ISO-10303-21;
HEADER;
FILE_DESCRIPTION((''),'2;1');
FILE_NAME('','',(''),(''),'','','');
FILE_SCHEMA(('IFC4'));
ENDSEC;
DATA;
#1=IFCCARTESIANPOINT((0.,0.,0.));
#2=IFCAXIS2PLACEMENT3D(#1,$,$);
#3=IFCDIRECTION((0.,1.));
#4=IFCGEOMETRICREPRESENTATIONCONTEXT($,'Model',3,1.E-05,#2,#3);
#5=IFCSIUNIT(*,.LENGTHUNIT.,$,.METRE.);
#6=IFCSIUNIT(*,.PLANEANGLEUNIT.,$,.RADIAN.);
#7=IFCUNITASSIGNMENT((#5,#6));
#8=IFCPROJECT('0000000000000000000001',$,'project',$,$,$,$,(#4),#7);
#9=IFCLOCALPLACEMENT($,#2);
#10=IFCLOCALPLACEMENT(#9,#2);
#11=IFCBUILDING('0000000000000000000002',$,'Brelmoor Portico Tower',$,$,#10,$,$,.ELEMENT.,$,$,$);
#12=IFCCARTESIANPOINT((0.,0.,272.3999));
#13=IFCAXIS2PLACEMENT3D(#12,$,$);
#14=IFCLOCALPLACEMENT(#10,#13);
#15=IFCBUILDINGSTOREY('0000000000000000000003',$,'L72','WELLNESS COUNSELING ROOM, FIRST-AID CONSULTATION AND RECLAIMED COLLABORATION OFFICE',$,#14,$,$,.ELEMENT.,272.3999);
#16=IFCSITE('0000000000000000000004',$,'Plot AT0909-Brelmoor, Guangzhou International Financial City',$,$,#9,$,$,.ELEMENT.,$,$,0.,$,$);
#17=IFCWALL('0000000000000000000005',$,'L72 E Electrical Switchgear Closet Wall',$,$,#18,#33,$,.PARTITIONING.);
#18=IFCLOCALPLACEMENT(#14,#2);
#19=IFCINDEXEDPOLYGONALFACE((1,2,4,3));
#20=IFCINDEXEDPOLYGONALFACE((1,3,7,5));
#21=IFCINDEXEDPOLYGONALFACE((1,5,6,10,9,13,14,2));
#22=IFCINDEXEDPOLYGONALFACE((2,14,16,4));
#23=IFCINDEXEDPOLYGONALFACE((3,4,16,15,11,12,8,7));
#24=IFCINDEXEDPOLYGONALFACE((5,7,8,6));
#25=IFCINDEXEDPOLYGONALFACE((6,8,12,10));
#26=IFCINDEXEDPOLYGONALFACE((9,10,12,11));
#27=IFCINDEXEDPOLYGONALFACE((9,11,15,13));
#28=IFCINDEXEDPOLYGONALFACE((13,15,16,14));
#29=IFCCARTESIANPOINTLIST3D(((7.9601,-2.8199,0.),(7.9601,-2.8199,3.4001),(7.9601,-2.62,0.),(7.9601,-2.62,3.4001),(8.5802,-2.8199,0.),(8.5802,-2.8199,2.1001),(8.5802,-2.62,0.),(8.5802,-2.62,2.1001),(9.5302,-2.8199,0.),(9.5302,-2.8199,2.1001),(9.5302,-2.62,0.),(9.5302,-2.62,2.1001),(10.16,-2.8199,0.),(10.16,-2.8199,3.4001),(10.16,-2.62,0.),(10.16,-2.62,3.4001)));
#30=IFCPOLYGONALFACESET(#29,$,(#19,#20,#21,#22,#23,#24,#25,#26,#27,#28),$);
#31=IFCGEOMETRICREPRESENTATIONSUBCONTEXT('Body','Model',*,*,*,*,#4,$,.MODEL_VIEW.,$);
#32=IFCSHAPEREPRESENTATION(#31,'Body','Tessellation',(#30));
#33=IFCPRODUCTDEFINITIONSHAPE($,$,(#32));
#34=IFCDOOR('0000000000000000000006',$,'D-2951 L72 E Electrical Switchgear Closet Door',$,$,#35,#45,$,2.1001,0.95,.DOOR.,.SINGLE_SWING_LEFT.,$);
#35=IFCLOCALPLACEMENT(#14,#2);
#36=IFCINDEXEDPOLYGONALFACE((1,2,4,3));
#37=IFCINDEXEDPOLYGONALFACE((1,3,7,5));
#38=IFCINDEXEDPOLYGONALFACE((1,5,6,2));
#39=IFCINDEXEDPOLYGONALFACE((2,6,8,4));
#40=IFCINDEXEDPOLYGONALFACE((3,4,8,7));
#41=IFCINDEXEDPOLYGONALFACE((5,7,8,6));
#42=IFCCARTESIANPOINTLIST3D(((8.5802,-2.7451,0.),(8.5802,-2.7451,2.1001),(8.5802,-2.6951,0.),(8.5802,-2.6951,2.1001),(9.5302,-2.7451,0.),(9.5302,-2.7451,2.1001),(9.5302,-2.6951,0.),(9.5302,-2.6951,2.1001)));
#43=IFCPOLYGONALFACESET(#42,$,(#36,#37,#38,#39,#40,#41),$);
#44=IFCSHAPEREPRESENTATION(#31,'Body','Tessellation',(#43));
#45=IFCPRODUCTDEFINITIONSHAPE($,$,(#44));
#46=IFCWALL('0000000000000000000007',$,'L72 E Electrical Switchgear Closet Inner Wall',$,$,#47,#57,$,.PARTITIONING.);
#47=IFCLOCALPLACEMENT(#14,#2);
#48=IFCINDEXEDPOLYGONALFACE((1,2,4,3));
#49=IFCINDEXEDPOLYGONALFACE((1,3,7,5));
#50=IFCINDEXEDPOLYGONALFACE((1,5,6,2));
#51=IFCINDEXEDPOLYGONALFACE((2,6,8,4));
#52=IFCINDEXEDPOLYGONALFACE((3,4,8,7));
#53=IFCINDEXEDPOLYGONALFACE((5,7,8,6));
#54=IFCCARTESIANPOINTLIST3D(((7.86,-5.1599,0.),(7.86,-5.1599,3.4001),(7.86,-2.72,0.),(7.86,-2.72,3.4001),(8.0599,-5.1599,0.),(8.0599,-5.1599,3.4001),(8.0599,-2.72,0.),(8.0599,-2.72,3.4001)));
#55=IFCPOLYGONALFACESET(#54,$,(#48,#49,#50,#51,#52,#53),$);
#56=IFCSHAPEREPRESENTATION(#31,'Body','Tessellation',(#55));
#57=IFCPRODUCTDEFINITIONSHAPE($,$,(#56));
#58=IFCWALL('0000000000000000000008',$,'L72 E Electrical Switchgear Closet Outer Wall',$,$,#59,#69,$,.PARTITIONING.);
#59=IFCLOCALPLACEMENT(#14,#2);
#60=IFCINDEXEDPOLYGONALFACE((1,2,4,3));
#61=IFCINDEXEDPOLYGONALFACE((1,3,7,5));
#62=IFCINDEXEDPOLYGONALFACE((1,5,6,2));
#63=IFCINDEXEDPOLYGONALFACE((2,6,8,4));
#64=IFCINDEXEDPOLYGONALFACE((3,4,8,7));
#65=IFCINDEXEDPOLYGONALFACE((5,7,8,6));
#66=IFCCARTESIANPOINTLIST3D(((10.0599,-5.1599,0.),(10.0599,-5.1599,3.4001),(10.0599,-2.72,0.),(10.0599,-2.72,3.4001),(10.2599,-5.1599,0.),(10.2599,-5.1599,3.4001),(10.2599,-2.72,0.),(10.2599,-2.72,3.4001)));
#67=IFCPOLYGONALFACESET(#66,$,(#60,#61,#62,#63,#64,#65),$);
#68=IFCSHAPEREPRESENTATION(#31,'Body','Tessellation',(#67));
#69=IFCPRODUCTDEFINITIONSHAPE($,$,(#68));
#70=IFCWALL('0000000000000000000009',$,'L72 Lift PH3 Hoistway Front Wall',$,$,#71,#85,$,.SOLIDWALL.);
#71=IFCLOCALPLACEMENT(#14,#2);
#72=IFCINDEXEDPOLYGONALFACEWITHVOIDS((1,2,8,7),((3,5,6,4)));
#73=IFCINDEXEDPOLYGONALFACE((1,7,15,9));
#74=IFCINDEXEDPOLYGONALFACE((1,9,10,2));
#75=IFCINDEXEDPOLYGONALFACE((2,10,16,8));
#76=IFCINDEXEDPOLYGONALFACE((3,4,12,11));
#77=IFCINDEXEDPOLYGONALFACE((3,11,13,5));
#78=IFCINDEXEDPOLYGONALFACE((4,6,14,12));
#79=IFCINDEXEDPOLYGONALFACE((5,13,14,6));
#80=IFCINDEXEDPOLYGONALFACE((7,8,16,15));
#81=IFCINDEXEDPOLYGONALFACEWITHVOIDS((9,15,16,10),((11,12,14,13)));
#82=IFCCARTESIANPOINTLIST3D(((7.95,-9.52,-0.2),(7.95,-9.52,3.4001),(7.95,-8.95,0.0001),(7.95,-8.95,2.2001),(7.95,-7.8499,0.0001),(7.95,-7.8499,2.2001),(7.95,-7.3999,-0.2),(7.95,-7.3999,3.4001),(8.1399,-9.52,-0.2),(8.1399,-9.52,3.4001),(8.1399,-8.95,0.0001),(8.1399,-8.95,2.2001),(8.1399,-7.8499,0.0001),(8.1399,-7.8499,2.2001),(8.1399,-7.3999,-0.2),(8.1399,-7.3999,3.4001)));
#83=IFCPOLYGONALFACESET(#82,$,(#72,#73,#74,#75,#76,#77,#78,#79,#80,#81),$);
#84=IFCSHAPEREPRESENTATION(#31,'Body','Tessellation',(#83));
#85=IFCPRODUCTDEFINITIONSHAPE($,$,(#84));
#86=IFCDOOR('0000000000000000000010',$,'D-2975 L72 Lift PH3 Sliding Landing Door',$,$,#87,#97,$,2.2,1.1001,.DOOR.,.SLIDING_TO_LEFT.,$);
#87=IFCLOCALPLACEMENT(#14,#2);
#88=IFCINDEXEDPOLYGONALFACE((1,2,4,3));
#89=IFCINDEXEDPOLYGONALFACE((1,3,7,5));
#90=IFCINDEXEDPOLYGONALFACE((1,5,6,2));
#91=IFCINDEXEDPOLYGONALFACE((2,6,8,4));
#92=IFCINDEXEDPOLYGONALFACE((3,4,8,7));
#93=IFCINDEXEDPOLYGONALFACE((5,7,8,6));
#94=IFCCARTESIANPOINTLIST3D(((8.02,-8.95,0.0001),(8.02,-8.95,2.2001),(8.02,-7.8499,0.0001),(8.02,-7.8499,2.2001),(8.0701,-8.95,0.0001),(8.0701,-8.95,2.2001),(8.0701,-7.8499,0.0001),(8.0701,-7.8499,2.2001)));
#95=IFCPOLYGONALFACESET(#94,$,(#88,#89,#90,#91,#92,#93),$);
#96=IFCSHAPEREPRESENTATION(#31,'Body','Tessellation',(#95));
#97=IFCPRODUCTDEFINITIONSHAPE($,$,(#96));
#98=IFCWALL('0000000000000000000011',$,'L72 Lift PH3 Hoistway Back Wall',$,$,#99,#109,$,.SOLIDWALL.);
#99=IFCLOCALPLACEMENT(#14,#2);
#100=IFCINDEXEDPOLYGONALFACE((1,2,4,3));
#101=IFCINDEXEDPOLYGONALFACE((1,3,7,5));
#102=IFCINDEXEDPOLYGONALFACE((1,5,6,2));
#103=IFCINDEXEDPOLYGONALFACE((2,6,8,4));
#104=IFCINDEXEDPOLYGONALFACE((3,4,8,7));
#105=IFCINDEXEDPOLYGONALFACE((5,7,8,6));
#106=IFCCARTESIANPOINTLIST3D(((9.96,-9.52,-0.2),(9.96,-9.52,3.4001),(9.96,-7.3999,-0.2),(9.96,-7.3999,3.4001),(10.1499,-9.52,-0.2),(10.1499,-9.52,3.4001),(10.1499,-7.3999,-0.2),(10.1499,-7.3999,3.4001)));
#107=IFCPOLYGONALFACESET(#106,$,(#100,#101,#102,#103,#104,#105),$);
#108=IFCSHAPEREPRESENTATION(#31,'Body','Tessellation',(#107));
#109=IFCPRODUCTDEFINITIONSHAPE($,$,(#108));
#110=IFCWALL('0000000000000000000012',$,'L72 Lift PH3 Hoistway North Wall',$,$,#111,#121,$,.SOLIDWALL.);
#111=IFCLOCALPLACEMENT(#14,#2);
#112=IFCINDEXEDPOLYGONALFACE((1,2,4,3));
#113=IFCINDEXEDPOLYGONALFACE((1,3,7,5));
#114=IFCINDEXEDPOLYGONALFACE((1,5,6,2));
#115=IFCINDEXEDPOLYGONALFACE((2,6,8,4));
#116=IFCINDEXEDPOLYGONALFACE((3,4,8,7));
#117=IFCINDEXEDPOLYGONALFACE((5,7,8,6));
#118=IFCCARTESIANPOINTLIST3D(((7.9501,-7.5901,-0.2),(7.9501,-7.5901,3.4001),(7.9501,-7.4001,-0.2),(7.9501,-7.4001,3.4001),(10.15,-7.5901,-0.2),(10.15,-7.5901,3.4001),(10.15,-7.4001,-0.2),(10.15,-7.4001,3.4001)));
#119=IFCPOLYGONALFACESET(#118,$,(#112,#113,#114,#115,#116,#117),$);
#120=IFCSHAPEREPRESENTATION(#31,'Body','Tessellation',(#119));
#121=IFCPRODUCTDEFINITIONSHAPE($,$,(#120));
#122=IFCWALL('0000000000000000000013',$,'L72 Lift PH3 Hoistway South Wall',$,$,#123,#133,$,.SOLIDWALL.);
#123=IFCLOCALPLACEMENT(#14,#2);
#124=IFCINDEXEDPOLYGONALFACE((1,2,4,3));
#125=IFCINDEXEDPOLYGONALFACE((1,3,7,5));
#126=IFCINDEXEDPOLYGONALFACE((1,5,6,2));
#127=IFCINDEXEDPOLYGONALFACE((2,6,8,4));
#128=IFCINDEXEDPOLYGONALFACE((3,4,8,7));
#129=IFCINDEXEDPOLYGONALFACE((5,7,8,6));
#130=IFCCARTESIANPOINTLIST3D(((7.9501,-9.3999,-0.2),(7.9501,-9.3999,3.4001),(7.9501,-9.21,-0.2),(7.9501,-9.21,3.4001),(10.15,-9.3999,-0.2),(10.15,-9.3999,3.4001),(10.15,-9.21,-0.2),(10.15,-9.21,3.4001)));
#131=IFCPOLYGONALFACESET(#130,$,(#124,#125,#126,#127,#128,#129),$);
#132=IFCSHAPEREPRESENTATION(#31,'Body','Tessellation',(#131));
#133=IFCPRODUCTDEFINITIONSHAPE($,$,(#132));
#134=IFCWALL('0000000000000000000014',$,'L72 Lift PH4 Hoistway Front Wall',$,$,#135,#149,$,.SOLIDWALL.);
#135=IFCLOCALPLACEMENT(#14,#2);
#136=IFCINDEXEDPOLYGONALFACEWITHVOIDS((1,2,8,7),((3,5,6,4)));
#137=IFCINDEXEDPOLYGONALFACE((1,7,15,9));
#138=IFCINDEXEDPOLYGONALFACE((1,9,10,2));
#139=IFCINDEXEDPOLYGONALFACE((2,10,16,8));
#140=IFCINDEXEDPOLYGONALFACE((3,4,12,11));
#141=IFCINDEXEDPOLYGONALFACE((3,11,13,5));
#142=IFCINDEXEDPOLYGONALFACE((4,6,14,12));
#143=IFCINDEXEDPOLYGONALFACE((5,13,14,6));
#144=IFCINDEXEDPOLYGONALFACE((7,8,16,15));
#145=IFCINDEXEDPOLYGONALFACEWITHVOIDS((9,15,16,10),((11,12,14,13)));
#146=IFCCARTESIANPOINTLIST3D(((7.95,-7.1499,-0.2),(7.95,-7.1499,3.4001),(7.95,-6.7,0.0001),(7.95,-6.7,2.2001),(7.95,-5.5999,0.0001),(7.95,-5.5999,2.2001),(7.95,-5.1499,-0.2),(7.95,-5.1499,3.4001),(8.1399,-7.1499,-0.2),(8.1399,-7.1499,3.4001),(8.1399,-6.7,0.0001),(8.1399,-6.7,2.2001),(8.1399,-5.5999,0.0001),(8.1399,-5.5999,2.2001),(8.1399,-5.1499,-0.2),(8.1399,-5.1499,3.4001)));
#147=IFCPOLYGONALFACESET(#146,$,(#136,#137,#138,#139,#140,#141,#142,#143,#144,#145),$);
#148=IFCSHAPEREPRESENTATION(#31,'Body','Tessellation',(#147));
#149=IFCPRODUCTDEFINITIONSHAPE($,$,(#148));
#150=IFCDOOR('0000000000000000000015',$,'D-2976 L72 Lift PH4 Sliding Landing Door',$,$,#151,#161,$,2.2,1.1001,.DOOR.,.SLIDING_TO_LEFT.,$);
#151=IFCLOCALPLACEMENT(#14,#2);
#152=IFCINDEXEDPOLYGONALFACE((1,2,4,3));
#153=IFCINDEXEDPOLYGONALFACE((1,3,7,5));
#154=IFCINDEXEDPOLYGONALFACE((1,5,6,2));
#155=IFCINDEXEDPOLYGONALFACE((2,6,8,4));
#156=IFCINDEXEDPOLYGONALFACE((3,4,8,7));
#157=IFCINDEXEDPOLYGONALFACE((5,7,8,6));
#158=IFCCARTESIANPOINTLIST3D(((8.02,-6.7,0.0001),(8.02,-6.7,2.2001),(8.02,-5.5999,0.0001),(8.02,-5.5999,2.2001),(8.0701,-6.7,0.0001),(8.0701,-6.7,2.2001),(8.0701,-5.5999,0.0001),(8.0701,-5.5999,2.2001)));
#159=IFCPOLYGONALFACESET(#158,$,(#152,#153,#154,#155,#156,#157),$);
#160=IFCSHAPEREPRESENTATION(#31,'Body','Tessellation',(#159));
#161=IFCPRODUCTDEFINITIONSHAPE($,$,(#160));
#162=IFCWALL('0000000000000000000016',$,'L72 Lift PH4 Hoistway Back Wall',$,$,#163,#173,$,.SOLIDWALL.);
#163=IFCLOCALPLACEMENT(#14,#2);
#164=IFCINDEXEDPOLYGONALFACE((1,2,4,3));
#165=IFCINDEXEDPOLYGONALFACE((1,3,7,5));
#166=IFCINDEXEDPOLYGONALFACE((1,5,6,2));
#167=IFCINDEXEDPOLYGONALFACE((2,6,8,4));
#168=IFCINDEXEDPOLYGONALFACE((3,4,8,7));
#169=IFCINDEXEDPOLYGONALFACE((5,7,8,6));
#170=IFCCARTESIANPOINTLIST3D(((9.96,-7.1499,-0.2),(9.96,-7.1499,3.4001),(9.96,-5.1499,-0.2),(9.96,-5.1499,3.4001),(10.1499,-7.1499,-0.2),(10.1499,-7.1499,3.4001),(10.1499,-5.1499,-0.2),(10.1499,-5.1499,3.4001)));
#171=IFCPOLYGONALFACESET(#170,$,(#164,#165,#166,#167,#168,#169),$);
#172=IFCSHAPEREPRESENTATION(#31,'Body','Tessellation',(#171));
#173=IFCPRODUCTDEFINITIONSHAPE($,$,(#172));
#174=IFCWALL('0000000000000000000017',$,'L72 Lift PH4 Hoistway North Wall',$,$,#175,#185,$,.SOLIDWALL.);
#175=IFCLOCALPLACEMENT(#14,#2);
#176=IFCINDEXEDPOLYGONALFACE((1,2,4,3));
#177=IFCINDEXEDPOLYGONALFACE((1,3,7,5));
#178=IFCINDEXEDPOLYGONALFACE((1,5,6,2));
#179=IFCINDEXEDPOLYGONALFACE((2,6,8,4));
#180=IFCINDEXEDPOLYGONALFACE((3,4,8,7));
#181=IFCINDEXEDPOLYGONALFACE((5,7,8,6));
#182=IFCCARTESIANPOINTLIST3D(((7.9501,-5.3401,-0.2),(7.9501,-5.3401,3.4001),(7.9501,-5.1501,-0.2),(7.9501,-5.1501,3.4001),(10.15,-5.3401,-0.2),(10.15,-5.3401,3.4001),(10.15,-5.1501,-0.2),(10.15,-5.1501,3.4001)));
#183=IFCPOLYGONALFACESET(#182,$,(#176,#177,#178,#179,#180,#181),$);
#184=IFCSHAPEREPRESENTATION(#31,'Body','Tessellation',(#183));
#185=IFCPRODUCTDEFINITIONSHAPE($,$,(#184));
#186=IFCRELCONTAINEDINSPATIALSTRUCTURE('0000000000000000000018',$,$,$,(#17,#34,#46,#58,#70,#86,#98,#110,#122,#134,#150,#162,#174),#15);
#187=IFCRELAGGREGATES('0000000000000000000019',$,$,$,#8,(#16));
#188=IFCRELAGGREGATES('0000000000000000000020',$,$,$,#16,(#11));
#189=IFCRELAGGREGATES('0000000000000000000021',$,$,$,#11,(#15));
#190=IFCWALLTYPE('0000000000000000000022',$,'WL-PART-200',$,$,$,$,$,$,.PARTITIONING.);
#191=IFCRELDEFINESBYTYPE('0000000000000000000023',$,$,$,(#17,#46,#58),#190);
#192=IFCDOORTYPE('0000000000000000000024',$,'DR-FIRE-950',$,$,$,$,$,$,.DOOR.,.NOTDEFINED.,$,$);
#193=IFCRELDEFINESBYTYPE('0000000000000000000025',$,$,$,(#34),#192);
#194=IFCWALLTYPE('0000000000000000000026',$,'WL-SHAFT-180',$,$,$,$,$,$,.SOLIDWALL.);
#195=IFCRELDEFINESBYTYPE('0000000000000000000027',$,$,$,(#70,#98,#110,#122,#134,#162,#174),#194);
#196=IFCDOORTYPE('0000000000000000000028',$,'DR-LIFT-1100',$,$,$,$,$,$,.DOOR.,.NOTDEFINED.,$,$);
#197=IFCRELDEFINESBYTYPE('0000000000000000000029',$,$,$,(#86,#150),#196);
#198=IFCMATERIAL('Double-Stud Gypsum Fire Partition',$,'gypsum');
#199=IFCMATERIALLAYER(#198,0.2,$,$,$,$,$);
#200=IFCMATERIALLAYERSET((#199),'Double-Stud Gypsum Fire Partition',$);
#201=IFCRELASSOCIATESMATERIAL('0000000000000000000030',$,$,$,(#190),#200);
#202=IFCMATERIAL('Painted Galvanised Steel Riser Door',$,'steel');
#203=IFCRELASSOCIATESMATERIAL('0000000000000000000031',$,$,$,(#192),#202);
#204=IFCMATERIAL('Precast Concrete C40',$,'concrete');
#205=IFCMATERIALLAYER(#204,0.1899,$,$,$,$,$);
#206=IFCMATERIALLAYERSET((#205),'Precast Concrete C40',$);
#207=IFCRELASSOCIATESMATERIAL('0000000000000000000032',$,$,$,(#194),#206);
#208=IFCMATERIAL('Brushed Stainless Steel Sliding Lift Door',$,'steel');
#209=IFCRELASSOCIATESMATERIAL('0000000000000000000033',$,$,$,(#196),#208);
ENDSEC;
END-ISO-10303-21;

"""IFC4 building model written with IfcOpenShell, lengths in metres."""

from ifc_helpers import new_model, si_unit, direction, frame, frame_2d, origin, place, context, subcontext, project, spatial, rectangle, extrude, material, layer, layer_set, type_object, element, fill, save


model = new_model("IFC4")

# Units and contexts
model_context = context("Model", 3, precision=1e-05, world=origin(), true_north=direction((0.0, 1.0)))
body_context = subcontext(model_context, "Body", "Model", "MODEL_VIEW")
ifc_project = project(units=[si_unit("LENGTHUNIT", "METRE"), si_unit("PLANEANGLEUNIT", "RADIAN")], contexts=[model_context])

# Site, building, storey
site_placement = place(None, origin())
site = spatial("IfcSite", under=ifc_project, at=site_placement, Name="Plot AT0909-Brelmoor, Guangzhou International Financial City", CompositionType="ELEMENT", RefElevation=0.0)
building_placement = place(site_placement, origin())
building = spatial("IfcBuilding", under=site, at=building_placement, Name="Brelmoor Portico Tower", CompositionType="ELEMENT")
storey_placement = place(building_placement, frame((0.0, 0.0, 272.3999)))
storey = spatial("IfcBuildingStorey", under=building, at=storey_placement, Name="L72", Description="WELLNESS COUNSELING ROOM, FIRST-AID CONSULTATION AND RECLAIMED COLLABORATION OFFICE", CompositionType="ELEMENT", Elevation=272.3999)

# Shared definitions
ifc_material_1 = material(Name="Double-Stud Gypsum Fire Partition", Category="gypsum")
ifc_layer_1 = layer(ifc_material_1, 0.2)
ifc_layer_set_1 = layer_set([ifc_layer_1], Name="Double-Stud Gypsum Fire Partition")
wall_type_1 = type_object("IfcWallType", Name="WL-PART-200", PredefinedType="PARTITIONING", material=ifc_layer_set_1)

# Wall, opening, door
wall_1_placement = place(storey_placement, frame((7.96, -2.72, 0.0), z_axis=(0.0, 0.0, 1.0), x_axis=(1.0, 0.0, 0.0)))
wall_1 = element("IfcWall", 1, at=wall_1_placement, inside=storey, type_object=wall_type_1, Name="L72 E Electrical Switchgear Closet Wall", PredefinedType="PARTITIONING", context=body_context, shape_type="SweptSolid", body=[
    extrude(rectangle(XDim=2.2, YDim=0.2, at=frame_2d((1.1001, 0.0))), origin(), (0.0, 0.0, 1.0), 3.4001),
])
opening_1_placement = place(wall_1_placement, frame((0.6201, 0.0, 0.0)))
opening_1 = element("IfcOpeningElement", 2, at=opening_1_placement, cuts=wall_1, PredefinedType="OPENING", context=body_context, shape_type="SweptSolid", body=[
    extrude(rectangle(XDim=0.95, YDim=2.1001, at=frame_2d((0.4751, 1.05))), frame((0.0, 0.1099, 0.0), z_axis=(0.0, -1.0, 0.0), x_axis=(1.0, 0.0, 0.0)), (0.0, 0.0, 1.0), 0.22),
])
ifc_material_2 = material(Name="Painted Galvanised Steel Riser Door", Category="steel")
door_type_1 = type_object("IfcDoorType", Name="DR-FIRE-950", OperationType="NOTDEFINED", PredefinedType="DOOR", material=ifc_material_2)
door_1_placement = place(opening_1_placement, origin())
door_1 = element("IfcDoor", 3, at=door_1_placement, inside=storey, type_object=door_type_1, Name="D-2951 L72 E Electrical Switchgear Closet Door", OperationType="SINGLE_SWING_LEFT", OverallHeight=2.1001, OverallWidth=0.95, PredefinedType="DOOR", context=body_context, shape_type="SweptSolid", body=[
    extrude(rectangle(XDim=0.95, YDim=2.1001, at=frame_2d((0.4751, 1.05))), frame((0.0, 0.0249, 0.0), z_axis=(0.0, -1.0, 0.0), x_axis=(1.0, 0.0, 0.0)), (0.0, 0.0, 1.0), 0.05),
])
fill(opening_1, door_1)

# Walls
for number, where, z_axis, x_axis, name in (
    (4, (7.96, -5.1599, 0.0), (0.0, 0.0, 1.0), (0.0, 1.0, 0.0), "L72 E Electrical Switchgear Closet Inner Wall"),
    (5, (10.1599, -5.1599, 0.0), (0.0, 0.0, 1.0), (0.0, 1.0, 0.0), "L72 E Electrical Switchgear Closet Outer Wall"),
):
    element("IfcWall", number, at=place(storey_placement, frame(where, z_axis=z_axis, x_axis=x_axis)), inside=storey, type_object=wall_type_1, Name=name, PredefinedType="PARTITIONING", context=body_context, shape_type="SweptSolid", body=[
        extrude(rectangle(XDim=2.4399, YDim=0.2, at=frame_2d((1.22, 0.0))), origin(), (0.0, 0.0, 1.0), 3.4001),
    ])

# Wall, opening, door
ifc_material_3 = material(Name="Precast Concrete C40", Category="concrete")
ifc_layer_2 = layer(ifc_material_3, 0.1899)
ifc_layer_set_2 = layer_set([ifc_layer_2], Name="Precast Concrete C40")
wall_type_2 = type_object("IfcWallType", Name="WL-SHAFT-180", PredefinedType="SOLIDWALL", material=ifc_layer_set_2)
wall_2_placement = place(storey_placement, frame((8.0449, -9.52, -0.2), z_axis=(0.0, 0.0, 1.0), x_axis=(0.0, 1.0, 0.0)))
wall_2 = element("IfcWall", 6, at=wall_2_placement, inside=storey, type_object=wall_type_2, Name="L72 Lift PH3 Hoistway Front Wall", PredefinedType="SOLIDWALL", context=body_context, shape_type="SweptSolid", body=[
    extrude(rectangle(XDim=2.1201, YDim=0.1899, at=frame_2d((1.0601, 0.0))), origin(), (0.0, 0.0, 1.0), 3.6001),
])
opening_2_placement = place(wall_2_placement, frame((0.5701, 0.0, 0.2)))
opening_2 = element("IfcOpeningElement", 7, at=opening_2_placement, cuts=wall_2, PredefinedType="OPENING", context=body_context, shape_type="SweptSolid", body=[
    extrude(rectangle(XDim=1.1001, YDim=2.2, at=frame_2d((0.55, 1.1001))), frame((0.0, 0.105, 0.0), z_axis=(0.0, -1.0, 0.0), x_axis=(1.0, 0.0, 0.0)), (0.0, 0.0, 1.0), 0.21),
])
ifc_material_4 = material(Name="Brushed Stainless Steel Sliding Lift Door", Category="steel")
door_type_2 = type_object("IfcDoorType", Name="DR-LIFT-1100", OperationType="NOTDEFINED", PredefinedType="DOOR", material=ifc_material_4)
door_2_placement = place(opening_2_placement, origin())
door_2 = element("IfcDoor", 8, at=door_2_placement, inside=storey, type_object=door_type_2, Name="D-2975 L72 Lift PH3 Sliding Landing Door", OperationType="SLIDING_TO_LEFT", OverallHeight=2.2, OverallWidth=1.1001, PredefinedType="DOOR", context=body_context, shape_type="SweptSolid", body=[
    extrude(rectangle(XDim=1.1001, YDim=2.2, at=frame_2d((0.55, 1.1001))), frame((0.0, 0.0249, 0.0), z_axis=(0.0, -1.0, 0.0), x_axis=(1.0, 0.0, 0.0)), (0.0, 0.0, 1.0), 0.05),
])
fill(opening_2, door_2)

# Walls
wall_3_placement = place(storey_placement, frame((10.0549, -9.52, -0.2), z_axis=(0.0, 0.0, 1.0), x_axis=(0.0, 1.0, 0.0)))
element("IfcWall", 9, at=wall_3_placement, inside=storey, type_object=wall_type_2, Name="L72 Lift PH3 Hoistway Back Wall", PredefinedType="SOLIDWALL", context=body_context, shape_type="SweptSolid", body=[
    extrude(rectangle(XDim=2.1201, YDim=0.1899, at=frame_2d((1.0601, 0.0))), origin(), (0.0, 0.0, 1.0), 3.6001),
])
for number, where, z_axis, x_axis, name in (
    (10, (7.95, -7.4951, -0.2), (0.0, 0.0, 1.0), (1.0, 0.0, 0.0), "L72 Lift PH3 Hoistway North Wall"),
    (11, (7.95, -9.3049, -0.2), (0.0, 0.0, 1.0), (1.0, 0.0, 0.0), "L72 Lift PH3 Hoistway South Wall"),
):
    element("IfcWall", number, at=place(storey_placement, frame(where, z_axis=z_axis, x_axis=x_axis)), inside=storey, type_object=wall_type_2, Name=name, PredefinedType="SOLIDWALL", context=body_context, shape_type="SweptSolid", body=[
        extrude(rectangle(XDim=2.2, YDim=0.1899, at=frame_2d((1.1001, 0.0))), origin(), (0.0, 0.0, 1.0), 3.6001),
    ])

# Wall, opening, door
wall_4_placement = place(storey_placement, frame((8.0449, -7.1499, -0.2), z_axis=(0.0, 0.0, 1.0), x_axis=(0.0, 1.0, 0.0)))
wall_4 = element("IfcWall", 12, at=wall_4_placement, inside=storey, type_object=wall_type_2, Name="L72 Lift PH4 Hoistway Front Wall", PredefinedType="SOLIDWALL", context=body_context, shape_type="SweptSolid", body=[
    extrude(rectangle(XDim=2.0, YDim=0.1899, at=frame_2d((1.0, 0.0))), origin(), (0.0, 0.0, 1.0), 3.6001),
])
opening_3_placement = place(wall_4_placement, frame((0.45, 0.0, 0.2)))
opening_3 = element("IfcOpeningElement", 13, at=opening_3_placement, cuts=wall_4, PredefinedType="OPENING", context=body_context, shape_type="SweptSolid", body=[
    extrude(rectangle(XDim=1.1001, YDim=2.2, at=frame_2d((0.55, 1.1001))), frame((0.0, 0.105, 0.0), z_axis=(0.0, -1.0, 0.0), x_axis=(1.0, 0.0, 0.0)), (0.0, 0.0, 1.0), 0.21),
])
door_3_placement = place(opening_3_placement, origin())
door_3 = element("IfcDoor", 14, at=door_3_placement, inside=storey, type_object=door_type_2, Name="D-2976 L72 Lift PH4 Sliding Landing Door", OperationType="SLIDING_TO_LEFT", OverallHeight=2.2, OverallWidth=1.1001, PredefinedType="DOOR", context=body_context, shape_type="SweptSolid", body=[
    extrude(rectangle(XDim=1.1001, YDim=2.2, at=frame_2d((0.55, 1.1001))), frame((0.0, 0.0249, 0.0), z_axis=(0.0, -1.0, 0.0), x_axis=(1.0, 0.0, 0.0)), (0.0, 0.0, 1.0), 0.05),
])
fill(opening_3, door_3)

# Walls
wall_5_placement = place(storey_placement, frame((10.0549, -7.1499, -0.2), z_axis=(0.0, 0.0, 1.0), x_axis=(0.0, 1.0, 0.0)))
element("IfcWall", 15, at=wall_5_placement, inside=storey, type_object=wall_type_2, Name="L72 Lift PH4 Hoistway Back Wall", PredefinedType="SOLIDWALL", context=body_context, shape_type="SweptSolid", body=[
    extrude(rectangle(XDim=2.0, YDim=0.1899, at=frame_2d((1.0, 0.0))), origin(), (0.0, 0.0, 1.0), 3.6001),
])
for number, where, z_axis, x_axis, name in (
    (16, (7.95, -5.2451, -0.2), (0.0, 0.0, 1.0), (1.0, 0.0, 0.0), "L72 Lift PH4 Hoistway North Wall"),
):
    element("IfcWall", number, at=place(storey_placement, frame(where, z_axis=z_axis, x_axis=x_axis)), inside=storey, type_object=wall_type_2, Name=name, PredefinedType="SOLIDWALL", context=body_context, shape_type="SweptSolid", body=[
        extrude(rectangle(XDim=2.2, YDim=0.1899, at=frame_2d((1.1001, 0.0))), origin(), (0.0, 0.0, 1.0), 3.6001),
    ])

save(model, "model.ifc")
